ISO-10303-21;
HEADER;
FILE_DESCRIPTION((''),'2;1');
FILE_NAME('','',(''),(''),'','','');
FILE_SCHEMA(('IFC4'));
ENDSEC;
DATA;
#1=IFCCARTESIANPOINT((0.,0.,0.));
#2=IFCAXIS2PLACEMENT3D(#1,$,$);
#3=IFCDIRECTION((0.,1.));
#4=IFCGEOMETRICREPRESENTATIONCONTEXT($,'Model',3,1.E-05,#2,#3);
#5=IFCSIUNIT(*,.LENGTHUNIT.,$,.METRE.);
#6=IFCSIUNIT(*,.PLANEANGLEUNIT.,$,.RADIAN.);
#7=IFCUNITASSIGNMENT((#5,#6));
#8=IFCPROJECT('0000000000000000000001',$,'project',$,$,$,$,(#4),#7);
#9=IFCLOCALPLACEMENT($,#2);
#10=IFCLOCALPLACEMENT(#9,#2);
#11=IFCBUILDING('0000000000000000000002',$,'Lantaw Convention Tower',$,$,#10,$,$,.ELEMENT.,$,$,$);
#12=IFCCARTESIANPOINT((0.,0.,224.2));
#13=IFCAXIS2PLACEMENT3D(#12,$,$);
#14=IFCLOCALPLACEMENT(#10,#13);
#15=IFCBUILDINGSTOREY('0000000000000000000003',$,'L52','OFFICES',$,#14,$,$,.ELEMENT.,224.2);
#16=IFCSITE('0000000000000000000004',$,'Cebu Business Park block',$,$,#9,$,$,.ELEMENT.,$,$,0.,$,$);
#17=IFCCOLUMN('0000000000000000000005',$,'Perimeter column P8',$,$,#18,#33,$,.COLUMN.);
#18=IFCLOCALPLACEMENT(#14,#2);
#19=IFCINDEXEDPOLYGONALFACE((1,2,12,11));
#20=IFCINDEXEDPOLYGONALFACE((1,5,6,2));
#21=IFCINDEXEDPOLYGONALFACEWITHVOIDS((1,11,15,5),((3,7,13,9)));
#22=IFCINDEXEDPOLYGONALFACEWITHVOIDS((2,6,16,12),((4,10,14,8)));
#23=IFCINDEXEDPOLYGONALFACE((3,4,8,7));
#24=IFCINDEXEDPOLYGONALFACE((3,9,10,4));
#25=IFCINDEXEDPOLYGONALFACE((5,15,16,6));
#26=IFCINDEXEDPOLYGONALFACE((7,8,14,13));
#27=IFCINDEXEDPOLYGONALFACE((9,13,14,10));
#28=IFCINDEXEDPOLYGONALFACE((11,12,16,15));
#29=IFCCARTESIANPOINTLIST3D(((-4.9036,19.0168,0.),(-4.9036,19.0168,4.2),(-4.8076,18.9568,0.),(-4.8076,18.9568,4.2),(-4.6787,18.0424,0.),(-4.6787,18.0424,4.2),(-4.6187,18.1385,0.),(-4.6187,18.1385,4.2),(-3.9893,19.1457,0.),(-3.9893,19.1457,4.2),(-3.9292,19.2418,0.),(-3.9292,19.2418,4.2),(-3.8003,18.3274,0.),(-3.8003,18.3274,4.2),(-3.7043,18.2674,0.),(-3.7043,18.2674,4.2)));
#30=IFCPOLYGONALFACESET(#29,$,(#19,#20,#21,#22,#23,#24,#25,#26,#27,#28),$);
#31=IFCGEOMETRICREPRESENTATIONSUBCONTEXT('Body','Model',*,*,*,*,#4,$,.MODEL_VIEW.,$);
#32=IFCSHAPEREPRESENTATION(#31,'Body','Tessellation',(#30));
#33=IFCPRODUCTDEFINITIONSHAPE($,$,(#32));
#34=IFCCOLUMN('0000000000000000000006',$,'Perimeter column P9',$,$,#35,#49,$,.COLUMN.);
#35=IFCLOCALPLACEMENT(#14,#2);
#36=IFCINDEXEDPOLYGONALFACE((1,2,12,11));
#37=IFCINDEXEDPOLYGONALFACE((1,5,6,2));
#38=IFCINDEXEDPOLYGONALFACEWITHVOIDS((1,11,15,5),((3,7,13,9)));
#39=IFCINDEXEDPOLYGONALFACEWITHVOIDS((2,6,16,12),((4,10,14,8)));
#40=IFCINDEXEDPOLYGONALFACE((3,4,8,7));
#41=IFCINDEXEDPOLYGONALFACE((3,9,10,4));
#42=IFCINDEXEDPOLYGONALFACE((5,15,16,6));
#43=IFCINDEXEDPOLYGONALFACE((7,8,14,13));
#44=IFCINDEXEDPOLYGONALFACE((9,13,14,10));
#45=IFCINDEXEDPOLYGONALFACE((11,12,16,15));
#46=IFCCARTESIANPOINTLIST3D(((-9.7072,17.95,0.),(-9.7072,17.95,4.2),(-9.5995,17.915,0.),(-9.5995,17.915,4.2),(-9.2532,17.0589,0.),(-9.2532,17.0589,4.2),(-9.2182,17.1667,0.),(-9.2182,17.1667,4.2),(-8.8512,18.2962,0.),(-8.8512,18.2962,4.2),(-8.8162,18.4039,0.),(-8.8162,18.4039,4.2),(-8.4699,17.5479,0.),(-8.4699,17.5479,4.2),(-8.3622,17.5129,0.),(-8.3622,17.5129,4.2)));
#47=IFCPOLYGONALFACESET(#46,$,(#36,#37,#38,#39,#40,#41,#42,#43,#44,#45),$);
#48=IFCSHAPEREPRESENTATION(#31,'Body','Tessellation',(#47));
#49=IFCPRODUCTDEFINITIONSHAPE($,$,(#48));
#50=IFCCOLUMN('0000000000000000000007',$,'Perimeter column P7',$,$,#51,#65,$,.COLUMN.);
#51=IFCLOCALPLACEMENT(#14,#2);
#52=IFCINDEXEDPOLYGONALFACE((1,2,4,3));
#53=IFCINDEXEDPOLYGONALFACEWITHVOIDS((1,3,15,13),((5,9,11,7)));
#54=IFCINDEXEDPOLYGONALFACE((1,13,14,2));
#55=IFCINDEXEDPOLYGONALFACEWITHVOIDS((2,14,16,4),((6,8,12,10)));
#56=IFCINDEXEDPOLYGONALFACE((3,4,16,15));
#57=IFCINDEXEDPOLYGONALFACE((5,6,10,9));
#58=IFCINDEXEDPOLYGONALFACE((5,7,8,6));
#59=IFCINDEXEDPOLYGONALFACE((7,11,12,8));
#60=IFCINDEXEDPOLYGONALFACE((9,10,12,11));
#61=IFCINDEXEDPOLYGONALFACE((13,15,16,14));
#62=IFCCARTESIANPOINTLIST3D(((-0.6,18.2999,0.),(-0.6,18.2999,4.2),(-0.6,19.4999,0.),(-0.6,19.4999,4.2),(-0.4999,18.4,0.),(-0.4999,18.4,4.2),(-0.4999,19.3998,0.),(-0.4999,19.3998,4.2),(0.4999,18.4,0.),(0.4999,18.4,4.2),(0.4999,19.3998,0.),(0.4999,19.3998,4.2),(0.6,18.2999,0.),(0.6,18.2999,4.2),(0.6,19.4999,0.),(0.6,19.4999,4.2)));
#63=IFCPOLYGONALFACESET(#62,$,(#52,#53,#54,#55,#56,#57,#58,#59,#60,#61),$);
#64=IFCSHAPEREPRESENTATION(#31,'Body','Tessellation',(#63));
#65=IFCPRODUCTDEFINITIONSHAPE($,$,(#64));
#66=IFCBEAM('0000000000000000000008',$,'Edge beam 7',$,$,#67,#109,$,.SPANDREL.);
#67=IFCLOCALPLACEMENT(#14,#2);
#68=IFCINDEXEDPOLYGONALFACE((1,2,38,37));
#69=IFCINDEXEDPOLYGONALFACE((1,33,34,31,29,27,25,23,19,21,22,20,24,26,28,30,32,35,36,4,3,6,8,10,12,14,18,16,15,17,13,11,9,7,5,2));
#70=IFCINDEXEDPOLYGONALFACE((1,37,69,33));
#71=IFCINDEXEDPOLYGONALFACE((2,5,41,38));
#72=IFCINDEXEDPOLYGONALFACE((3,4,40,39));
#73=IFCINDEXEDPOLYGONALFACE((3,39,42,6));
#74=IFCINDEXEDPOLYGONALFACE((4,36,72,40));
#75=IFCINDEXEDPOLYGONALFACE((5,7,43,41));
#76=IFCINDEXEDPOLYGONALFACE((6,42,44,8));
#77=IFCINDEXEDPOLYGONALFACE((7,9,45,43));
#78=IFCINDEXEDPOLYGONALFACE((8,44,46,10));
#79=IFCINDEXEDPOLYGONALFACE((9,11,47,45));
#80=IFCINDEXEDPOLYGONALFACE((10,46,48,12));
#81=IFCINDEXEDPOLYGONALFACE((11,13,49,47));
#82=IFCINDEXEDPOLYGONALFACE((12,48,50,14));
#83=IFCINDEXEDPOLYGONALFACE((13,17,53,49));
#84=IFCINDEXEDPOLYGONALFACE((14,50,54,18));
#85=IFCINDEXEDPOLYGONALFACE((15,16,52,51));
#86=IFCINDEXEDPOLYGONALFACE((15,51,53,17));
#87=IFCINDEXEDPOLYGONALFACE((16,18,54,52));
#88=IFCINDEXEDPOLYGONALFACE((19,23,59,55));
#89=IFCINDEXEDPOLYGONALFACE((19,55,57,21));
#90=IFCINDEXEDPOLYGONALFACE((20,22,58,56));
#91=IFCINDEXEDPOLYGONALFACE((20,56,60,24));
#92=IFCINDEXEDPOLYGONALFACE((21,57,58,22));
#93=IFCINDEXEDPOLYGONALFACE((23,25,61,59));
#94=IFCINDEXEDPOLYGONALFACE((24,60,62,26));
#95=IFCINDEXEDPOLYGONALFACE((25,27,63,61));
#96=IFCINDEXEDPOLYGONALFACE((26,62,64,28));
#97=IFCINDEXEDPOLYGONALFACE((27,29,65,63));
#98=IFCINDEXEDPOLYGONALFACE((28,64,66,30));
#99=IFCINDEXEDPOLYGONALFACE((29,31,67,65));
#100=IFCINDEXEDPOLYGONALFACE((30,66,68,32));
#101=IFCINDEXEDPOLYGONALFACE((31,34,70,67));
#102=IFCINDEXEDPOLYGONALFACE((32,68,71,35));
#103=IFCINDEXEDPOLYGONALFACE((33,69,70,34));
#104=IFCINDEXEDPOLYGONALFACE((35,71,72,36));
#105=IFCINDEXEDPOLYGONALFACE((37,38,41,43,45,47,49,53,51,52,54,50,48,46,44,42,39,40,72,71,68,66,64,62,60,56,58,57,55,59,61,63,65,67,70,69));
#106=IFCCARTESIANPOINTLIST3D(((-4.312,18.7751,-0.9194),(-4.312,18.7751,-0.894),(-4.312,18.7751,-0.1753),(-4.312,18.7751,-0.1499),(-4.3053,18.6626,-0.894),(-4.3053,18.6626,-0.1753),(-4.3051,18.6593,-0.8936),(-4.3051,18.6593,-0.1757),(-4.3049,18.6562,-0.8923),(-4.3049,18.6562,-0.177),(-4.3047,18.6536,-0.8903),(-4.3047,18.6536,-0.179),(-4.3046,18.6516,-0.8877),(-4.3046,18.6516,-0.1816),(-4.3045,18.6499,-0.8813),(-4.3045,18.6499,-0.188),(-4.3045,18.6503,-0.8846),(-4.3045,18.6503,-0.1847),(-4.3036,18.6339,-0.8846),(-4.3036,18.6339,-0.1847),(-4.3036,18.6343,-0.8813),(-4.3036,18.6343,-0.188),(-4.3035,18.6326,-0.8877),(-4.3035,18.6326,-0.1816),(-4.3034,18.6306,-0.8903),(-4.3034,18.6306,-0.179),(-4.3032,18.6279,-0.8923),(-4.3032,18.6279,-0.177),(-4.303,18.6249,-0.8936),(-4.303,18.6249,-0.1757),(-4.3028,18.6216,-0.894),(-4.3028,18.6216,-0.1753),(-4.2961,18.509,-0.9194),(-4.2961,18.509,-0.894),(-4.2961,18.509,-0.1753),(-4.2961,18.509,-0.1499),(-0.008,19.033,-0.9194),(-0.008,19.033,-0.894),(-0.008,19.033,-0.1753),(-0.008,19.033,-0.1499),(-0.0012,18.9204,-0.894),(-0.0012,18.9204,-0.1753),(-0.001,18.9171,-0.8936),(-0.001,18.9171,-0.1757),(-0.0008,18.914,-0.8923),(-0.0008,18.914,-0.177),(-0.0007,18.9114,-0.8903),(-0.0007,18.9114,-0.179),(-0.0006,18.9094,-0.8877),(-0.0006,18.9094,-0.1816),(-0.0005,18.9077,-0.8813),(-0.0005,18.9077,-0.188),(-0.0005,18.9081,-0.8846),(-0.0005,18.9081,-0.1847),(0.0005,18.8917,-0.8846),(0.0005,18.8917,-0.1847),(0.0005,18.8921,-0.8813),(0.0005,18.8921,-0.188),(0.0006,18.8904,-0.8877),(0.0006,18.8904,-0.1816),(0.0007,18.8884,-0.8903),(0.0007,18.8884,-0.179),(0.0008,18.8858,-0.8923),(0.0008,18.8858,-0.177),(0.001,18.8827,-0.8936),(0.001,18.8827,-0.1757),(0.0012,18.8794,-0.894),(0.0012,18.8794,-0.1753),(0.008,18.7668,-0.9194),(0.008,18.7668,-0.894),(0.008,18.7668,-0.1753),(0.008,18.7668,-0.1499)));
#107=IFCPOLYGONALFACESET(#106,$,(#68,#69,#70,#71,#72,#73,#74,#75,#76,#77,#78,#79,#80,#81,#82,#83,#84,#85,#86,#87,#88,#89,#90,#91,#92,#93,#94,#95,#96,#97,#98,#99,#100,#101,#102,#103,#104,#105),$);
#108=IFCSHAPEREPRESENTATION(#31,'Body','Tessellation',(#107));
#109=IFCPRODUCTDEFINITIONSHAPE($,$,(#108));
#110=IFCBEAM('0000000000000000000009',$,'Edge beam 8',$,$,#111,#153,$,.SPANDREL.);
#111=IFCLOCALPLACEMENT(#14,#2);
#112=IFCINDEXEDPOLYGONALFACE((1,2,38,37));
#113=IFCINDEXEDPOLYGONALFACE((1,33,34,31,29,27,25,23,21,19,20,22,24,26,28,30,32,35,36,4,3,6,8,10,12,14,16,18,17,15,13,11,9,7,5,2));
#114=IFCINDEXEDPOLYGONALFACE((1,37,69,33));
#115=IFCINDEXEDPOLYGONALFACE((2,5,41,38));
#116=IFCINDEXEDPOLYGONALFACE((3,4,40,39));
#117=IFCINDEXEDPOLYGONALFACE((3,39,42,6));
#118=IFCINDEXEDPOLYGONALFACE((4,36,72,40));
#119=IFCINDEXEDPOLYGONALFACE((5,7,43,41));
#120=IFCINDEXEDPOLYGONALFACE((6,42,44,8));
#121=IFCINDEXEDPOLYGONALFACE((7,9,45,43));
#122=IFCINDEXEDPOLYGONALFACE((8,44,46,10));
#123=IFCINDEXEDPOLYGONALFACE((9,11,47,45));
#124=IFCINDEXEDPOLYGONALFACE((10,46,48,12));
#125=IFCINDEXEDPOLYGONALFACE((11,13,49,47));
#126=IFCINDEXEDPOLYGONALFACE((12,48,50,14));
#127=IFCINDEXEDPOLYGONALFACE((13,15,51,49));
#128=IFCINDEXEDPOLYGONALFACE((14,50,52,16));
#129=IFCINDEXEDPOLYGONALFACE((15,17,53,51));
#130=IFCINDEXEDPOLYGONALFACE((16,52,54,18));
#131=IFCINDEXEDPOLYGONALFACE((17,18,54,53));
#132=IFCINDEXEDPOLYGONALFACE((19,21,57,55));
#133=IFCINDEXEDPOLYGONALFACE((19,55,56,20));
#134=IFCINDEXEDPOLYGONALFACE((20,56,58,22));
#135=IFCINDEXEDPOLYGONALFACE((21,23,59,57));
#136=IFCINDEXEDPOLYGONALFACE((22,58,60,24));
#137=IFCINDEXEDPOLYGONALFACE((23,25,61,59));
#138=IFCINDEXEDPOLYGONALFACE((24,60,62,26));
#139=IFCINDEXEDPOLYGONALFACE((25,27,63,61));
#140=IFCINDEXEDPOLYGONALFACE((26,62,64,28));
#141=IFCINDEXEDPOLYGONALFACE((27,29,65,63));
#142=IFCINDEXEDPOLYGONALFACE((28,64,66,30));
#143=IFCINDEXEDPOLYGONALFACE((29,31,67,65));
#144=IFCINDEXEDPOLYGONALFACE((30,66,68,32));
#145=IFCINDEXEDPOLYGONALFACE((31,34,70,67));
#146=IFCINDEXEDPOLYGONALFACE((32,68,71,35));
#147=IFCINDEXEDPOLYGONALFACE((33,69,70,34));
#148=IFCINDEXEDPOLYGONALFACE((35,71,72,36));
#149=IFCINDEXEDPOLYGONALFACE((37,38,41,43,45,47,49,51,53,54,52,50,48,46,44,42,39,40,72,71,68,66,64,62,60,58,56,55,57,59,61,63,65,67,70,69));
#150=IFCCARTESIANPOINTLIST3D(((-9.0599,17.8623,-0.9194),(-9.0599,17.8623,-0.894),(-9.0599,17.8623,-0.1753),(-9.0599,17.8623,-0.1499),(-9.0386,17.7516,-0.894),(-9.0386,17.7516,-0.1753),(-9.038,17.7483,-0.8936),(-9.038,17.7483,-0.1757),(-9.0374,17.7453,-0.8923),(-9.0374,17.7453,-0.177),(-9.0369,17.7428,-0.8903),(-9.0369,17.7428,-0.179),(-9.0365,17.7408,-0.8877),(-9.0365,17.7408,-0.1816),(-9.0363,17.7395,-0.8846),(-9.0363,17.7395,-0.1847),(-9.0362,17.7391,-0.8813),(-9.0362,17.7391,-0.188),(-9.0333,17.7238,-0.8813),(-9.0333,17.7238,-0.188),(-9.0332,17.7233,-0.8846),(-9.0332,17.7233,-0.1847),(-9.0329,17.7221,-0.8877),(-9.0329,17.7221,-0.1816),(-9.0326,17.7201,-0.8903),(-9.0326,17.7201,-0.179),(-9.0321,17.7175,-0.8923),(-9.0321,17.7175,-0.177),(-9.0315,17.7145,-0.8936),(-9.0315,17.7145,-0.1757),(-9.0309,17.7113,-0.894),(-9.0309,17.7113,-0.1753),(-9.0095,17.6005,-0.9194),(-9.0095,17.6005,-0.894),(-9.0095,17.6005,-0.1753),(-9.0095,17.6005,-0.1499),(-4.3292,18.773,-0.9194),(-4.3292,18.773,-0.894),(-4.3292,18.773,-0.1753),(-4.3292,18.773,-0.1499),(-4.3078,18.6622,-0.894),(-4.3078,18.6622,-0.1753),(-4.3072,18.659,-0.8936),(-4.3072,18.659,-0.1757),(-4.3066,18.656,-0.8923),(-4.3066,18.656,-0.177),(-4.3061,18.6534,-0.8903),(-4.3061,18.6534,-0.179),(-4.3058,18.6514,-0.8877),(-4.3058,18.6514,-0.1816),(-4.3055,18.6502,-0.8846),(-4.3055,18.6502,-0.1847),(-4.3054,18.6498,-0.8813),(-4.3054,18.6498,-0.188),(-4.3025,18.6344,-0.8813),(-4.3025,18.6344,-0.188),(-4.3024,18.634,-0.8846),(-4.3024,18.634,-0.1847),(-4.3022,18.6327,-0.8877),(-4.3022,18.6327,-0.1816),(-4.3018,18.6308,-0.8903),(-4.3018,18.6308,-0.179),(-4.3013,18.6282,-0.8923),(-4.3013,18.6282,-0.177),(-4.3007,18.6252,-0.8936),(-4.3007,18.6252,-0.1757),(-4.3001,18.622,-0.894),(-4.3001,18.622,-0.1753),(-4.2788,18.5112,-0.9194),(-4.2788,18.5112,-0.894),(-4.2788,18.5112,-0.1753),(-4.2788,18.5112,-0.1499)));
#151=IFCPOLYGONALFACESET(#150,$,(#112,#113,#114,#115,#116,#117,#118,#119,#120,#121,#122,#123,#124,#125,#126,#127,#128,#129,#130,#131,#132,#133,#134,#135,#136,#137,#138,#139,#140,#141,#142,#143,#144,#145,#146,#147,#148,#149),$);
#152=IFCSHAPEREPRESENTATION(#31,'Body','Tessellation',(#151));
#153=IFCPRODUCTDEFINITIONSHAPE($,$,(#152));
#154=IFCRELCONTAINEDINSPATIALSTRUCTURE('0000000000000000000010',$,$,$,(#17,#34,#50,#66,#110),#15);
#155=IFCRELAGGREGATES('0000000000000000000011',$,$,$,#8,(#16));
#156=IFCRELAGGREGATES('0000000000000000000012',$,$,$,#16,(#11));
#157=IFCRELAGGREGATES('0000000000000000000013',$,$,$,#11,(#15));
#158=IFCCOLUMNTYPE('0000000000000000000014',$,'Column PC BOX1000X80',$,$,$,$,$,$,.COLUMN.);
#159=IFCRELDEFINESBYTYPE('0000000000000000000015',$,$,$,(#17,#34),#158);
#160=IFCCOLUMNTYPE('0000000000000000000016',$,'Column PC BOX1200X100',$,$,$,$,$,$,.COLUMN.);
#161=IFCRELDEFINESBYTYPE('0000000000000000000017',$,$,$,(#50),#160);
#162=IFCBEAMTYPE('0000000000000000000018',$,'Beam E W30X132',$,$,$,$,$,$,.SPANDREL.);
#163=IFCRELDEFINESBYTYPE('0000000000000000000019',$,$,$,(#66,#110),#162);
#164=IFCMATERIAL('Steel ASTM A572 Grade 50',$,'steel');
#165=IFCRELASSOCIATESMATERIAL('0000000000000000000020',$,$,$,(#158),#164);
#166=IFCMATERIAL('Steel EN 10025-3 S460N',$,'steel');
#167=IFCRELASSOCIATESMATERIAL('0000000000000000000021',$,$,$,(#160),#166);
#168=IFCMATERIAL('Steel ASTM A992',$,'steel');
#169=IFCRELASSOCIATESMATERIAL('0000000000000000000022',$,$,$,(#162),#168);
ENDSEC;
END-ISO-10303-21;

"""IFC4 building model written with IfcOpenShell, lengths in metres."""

from ifc_helpers import new_model, si_unit, direction, frame, origin, origin_2d, place, context, subcontext, project, spatial, rectangle, hollow_rectangle, i_section, extrude, material, material_profile, profile_set, type_object, element, save


model = new_model("IFC4")

# Units and contexts
model_context = context("Model", 3, precision=1e-05, world=origin(), true_north=direction((0.0, 1.0)))
body_context = subcontext(model_context, "Body", "Model", "MODEL_VIEW")
ifc_project = project(units=[si_unit("LENGTHUNIT", "METRE"), si_unit("PLANEANGLEUNIT", "RADIAN")], contexts=[model_context])

# Site, building, storey
site_placement = place(None, origin())
site = spatial("IfcSite", under=ifc_project, at=site_placement, Name="Cebu Business Park block", CompositionType="ELEMENT", RefElevation=0.0)
building_placement = place(site_placement, origin())
building = spatial("IfcBuilding", under=site, at=building_placement, Name="Lantaw Convention Tower", CompositionType="ELEMENT")
storey_placement = place(building_placement, frame((0.0, 0.0, 224.2)))
storey = spatial("IfcBuildingStorey", under=building, at=storey_placement, Name="L52", Description="OFFICES", CompositionType="ELEMENT", Elevation=224.2)

# Columns
ifc_material_1 = material(Name="Steel ASTM A572 Grade 50", Category="steel")
ifc_material_profile_1 = material_profile(ifc_material_1, hollow_rectangle(XDim=1.0, YDim=1.0, WallThickness=0.0801, at=origin_2d()), Name="BOX1000X80")
ifc_material_2 = material(Name="Concrete C60/75", Category="concrete")
ifc_material_profile_2 = material_profile(ifc_material_2, rectangle(XDim=0.8401, YDim=0.8401, at=origin_2d()), Name="Concrete fill of BOX1000X80")
ifc_profile_set_1 = profile_set([ifc_material_profile_1, ifc_material_profile_2], Name="Steel ASTM A572 Grade 50")
column_type_1 = type_object("IfcColumnType", Name="Column PC BOX1000X80", PredefinedType="COLUMN", material=ifc_profile_set_1)
for number, where, z_axis, x_axis, name in (
    (1, (-4.304, 18.6421, 0.0), (0.0, 0.0, 1.0), (0.97437, 0.224951, 0.0), "Perimeter column P8"),
    (2, (-9.0347, 17.7314, 0.0), (0.0, 0.0, 1.0), (0.891007, 0.45399, 0.0), "Perimeter column P9"),
):
    element("IfcColumn", number, at=place(storey_placement, frame(where, z_axis=z_axis, x_axis=x_axis)), inside=storey, type_object=column_type_1, Name=name, PredefinedType="COLUMN", context=body_context, shape_type="SweptSolid", body=[
        extrude(hollow_rectangle(XDim=1.0, YDim=1.0, WallThickness=0.0801, at=origin_2d()), origin(), (0.0, 0.0, 1.0), 4.2),
    ])
ifc_material_3 = material(Name="Steel EN 10025-3 S460N", Category="steel")
ifc_material_profile_3 = material_profile(ifc_material_3, hollow_rectangle(XDim=1.2, YDim=1.2, WallThickness=0.1001, at=origin_2d()), Name="BOX1200X100")
ifc_material_profile_4 = material_profile(ifc_material_2, rectangle(XDim=1.0, YDim=1.0, at=origin_2d()), Name="Concrete fill of BOX1200X100")
ifc_profile_set_2 = profile_set([ifc_material_profile_3, ifc_material_profile_4], Name="Steel EN 10025-3 S460N")
column_type_2 = type_object("IfcColumnType", Name="Column PC BOX1200X100", PredefinedType="COLUMN", material=ifc_profile_set_2)
column_placement = place(storey_placement, frame((0.0, 18.8999, 0.0), z_axis=(0.0, 0.0, 1.0), x_axis=(1.0, 0.0, 0.0)))
element("IfcColumn", 3, at=column_placement, inside=storey, type_object=column_type_2, Name="Perimeter column P7", PredefinedType="COLUMN", context=body_context, shape_type="SweptSolid", body=[
    extrude(hollow_rectangle(XDim=1.2, YDim=1.2, WallThickness=0.1001, at=origin_2d()), origin(), (0.0, 0.0, 1.0), 4.2),
])

# Beams
ifc_material_4 = material(Name="Steel ASTM A992", Category="steel")
ifc_material_profile_5 = material_profile(ifc_material_4, i_section(OverallWidth=0.2666, OverallDepth=0.7695, WebThickness=0.0156, FlangeThickness=0.0254, FilletRadius=0.0127, at=origin_2d()), Name="W30X132")
ifc_profile_set_3 = profile_set([ifc_material_profile_5], Name="Steel ASTM A992")
beam_type_1 = type_object("IfcBeamType", Name="Beam E W30X132", PredefinedType="SPANDREL", material=ifc_profile_set_3)
beam_1_placement = place(storey_placement, frame((0.0, 18.8999, -0.5347), z_axis=(-0.998211, -0.059794, 0.0), x_axis=(0.059794, -0.998211, 0.0)))
element("IfcBeam", 4, at=beam_1_placement, inside=storey, type_object=beam_type_1, Name="Edge beam 7", PredefinedType="SPANDREL", context=body_context, shape_type="SweptSolid", body=[
    extrude(i_section(OverallWidth=0.2666, OverallDepth=0.7695, WebThickness=0.0156, FlangeThickness=0.0254, FilletRadius=0.0127, at=origin_2d()), origin(), (0.0, 0.0, 1.0), 4.3118),
])
beam_2_placement = place(storey_placement, frame((-4.304, 18.6421, -0.5347), z_axis=(-0.981972, -0.189026, 0.0), x_axis=(0.189026, -0.981972, 0.0)))
element("IfcBeam", 5, at=beam_2_placement, inside=storey, type_object=beam_type_1, Name="Edge beam 8", PredefinedType="SPANDREL", context=body_context, shape_type="SweptSolid", body=[
    extrude(i_section(OverallWidth=0.2666, OverallDepth=0.7695, WebThickness=0.0156, FlangeThickness=0.0254, FilletRadius=0.0127, at=origin_2d()), origin(), (0.0, 0.0, 1.0), 4.8176),
])

save(model, "model.ifc")
